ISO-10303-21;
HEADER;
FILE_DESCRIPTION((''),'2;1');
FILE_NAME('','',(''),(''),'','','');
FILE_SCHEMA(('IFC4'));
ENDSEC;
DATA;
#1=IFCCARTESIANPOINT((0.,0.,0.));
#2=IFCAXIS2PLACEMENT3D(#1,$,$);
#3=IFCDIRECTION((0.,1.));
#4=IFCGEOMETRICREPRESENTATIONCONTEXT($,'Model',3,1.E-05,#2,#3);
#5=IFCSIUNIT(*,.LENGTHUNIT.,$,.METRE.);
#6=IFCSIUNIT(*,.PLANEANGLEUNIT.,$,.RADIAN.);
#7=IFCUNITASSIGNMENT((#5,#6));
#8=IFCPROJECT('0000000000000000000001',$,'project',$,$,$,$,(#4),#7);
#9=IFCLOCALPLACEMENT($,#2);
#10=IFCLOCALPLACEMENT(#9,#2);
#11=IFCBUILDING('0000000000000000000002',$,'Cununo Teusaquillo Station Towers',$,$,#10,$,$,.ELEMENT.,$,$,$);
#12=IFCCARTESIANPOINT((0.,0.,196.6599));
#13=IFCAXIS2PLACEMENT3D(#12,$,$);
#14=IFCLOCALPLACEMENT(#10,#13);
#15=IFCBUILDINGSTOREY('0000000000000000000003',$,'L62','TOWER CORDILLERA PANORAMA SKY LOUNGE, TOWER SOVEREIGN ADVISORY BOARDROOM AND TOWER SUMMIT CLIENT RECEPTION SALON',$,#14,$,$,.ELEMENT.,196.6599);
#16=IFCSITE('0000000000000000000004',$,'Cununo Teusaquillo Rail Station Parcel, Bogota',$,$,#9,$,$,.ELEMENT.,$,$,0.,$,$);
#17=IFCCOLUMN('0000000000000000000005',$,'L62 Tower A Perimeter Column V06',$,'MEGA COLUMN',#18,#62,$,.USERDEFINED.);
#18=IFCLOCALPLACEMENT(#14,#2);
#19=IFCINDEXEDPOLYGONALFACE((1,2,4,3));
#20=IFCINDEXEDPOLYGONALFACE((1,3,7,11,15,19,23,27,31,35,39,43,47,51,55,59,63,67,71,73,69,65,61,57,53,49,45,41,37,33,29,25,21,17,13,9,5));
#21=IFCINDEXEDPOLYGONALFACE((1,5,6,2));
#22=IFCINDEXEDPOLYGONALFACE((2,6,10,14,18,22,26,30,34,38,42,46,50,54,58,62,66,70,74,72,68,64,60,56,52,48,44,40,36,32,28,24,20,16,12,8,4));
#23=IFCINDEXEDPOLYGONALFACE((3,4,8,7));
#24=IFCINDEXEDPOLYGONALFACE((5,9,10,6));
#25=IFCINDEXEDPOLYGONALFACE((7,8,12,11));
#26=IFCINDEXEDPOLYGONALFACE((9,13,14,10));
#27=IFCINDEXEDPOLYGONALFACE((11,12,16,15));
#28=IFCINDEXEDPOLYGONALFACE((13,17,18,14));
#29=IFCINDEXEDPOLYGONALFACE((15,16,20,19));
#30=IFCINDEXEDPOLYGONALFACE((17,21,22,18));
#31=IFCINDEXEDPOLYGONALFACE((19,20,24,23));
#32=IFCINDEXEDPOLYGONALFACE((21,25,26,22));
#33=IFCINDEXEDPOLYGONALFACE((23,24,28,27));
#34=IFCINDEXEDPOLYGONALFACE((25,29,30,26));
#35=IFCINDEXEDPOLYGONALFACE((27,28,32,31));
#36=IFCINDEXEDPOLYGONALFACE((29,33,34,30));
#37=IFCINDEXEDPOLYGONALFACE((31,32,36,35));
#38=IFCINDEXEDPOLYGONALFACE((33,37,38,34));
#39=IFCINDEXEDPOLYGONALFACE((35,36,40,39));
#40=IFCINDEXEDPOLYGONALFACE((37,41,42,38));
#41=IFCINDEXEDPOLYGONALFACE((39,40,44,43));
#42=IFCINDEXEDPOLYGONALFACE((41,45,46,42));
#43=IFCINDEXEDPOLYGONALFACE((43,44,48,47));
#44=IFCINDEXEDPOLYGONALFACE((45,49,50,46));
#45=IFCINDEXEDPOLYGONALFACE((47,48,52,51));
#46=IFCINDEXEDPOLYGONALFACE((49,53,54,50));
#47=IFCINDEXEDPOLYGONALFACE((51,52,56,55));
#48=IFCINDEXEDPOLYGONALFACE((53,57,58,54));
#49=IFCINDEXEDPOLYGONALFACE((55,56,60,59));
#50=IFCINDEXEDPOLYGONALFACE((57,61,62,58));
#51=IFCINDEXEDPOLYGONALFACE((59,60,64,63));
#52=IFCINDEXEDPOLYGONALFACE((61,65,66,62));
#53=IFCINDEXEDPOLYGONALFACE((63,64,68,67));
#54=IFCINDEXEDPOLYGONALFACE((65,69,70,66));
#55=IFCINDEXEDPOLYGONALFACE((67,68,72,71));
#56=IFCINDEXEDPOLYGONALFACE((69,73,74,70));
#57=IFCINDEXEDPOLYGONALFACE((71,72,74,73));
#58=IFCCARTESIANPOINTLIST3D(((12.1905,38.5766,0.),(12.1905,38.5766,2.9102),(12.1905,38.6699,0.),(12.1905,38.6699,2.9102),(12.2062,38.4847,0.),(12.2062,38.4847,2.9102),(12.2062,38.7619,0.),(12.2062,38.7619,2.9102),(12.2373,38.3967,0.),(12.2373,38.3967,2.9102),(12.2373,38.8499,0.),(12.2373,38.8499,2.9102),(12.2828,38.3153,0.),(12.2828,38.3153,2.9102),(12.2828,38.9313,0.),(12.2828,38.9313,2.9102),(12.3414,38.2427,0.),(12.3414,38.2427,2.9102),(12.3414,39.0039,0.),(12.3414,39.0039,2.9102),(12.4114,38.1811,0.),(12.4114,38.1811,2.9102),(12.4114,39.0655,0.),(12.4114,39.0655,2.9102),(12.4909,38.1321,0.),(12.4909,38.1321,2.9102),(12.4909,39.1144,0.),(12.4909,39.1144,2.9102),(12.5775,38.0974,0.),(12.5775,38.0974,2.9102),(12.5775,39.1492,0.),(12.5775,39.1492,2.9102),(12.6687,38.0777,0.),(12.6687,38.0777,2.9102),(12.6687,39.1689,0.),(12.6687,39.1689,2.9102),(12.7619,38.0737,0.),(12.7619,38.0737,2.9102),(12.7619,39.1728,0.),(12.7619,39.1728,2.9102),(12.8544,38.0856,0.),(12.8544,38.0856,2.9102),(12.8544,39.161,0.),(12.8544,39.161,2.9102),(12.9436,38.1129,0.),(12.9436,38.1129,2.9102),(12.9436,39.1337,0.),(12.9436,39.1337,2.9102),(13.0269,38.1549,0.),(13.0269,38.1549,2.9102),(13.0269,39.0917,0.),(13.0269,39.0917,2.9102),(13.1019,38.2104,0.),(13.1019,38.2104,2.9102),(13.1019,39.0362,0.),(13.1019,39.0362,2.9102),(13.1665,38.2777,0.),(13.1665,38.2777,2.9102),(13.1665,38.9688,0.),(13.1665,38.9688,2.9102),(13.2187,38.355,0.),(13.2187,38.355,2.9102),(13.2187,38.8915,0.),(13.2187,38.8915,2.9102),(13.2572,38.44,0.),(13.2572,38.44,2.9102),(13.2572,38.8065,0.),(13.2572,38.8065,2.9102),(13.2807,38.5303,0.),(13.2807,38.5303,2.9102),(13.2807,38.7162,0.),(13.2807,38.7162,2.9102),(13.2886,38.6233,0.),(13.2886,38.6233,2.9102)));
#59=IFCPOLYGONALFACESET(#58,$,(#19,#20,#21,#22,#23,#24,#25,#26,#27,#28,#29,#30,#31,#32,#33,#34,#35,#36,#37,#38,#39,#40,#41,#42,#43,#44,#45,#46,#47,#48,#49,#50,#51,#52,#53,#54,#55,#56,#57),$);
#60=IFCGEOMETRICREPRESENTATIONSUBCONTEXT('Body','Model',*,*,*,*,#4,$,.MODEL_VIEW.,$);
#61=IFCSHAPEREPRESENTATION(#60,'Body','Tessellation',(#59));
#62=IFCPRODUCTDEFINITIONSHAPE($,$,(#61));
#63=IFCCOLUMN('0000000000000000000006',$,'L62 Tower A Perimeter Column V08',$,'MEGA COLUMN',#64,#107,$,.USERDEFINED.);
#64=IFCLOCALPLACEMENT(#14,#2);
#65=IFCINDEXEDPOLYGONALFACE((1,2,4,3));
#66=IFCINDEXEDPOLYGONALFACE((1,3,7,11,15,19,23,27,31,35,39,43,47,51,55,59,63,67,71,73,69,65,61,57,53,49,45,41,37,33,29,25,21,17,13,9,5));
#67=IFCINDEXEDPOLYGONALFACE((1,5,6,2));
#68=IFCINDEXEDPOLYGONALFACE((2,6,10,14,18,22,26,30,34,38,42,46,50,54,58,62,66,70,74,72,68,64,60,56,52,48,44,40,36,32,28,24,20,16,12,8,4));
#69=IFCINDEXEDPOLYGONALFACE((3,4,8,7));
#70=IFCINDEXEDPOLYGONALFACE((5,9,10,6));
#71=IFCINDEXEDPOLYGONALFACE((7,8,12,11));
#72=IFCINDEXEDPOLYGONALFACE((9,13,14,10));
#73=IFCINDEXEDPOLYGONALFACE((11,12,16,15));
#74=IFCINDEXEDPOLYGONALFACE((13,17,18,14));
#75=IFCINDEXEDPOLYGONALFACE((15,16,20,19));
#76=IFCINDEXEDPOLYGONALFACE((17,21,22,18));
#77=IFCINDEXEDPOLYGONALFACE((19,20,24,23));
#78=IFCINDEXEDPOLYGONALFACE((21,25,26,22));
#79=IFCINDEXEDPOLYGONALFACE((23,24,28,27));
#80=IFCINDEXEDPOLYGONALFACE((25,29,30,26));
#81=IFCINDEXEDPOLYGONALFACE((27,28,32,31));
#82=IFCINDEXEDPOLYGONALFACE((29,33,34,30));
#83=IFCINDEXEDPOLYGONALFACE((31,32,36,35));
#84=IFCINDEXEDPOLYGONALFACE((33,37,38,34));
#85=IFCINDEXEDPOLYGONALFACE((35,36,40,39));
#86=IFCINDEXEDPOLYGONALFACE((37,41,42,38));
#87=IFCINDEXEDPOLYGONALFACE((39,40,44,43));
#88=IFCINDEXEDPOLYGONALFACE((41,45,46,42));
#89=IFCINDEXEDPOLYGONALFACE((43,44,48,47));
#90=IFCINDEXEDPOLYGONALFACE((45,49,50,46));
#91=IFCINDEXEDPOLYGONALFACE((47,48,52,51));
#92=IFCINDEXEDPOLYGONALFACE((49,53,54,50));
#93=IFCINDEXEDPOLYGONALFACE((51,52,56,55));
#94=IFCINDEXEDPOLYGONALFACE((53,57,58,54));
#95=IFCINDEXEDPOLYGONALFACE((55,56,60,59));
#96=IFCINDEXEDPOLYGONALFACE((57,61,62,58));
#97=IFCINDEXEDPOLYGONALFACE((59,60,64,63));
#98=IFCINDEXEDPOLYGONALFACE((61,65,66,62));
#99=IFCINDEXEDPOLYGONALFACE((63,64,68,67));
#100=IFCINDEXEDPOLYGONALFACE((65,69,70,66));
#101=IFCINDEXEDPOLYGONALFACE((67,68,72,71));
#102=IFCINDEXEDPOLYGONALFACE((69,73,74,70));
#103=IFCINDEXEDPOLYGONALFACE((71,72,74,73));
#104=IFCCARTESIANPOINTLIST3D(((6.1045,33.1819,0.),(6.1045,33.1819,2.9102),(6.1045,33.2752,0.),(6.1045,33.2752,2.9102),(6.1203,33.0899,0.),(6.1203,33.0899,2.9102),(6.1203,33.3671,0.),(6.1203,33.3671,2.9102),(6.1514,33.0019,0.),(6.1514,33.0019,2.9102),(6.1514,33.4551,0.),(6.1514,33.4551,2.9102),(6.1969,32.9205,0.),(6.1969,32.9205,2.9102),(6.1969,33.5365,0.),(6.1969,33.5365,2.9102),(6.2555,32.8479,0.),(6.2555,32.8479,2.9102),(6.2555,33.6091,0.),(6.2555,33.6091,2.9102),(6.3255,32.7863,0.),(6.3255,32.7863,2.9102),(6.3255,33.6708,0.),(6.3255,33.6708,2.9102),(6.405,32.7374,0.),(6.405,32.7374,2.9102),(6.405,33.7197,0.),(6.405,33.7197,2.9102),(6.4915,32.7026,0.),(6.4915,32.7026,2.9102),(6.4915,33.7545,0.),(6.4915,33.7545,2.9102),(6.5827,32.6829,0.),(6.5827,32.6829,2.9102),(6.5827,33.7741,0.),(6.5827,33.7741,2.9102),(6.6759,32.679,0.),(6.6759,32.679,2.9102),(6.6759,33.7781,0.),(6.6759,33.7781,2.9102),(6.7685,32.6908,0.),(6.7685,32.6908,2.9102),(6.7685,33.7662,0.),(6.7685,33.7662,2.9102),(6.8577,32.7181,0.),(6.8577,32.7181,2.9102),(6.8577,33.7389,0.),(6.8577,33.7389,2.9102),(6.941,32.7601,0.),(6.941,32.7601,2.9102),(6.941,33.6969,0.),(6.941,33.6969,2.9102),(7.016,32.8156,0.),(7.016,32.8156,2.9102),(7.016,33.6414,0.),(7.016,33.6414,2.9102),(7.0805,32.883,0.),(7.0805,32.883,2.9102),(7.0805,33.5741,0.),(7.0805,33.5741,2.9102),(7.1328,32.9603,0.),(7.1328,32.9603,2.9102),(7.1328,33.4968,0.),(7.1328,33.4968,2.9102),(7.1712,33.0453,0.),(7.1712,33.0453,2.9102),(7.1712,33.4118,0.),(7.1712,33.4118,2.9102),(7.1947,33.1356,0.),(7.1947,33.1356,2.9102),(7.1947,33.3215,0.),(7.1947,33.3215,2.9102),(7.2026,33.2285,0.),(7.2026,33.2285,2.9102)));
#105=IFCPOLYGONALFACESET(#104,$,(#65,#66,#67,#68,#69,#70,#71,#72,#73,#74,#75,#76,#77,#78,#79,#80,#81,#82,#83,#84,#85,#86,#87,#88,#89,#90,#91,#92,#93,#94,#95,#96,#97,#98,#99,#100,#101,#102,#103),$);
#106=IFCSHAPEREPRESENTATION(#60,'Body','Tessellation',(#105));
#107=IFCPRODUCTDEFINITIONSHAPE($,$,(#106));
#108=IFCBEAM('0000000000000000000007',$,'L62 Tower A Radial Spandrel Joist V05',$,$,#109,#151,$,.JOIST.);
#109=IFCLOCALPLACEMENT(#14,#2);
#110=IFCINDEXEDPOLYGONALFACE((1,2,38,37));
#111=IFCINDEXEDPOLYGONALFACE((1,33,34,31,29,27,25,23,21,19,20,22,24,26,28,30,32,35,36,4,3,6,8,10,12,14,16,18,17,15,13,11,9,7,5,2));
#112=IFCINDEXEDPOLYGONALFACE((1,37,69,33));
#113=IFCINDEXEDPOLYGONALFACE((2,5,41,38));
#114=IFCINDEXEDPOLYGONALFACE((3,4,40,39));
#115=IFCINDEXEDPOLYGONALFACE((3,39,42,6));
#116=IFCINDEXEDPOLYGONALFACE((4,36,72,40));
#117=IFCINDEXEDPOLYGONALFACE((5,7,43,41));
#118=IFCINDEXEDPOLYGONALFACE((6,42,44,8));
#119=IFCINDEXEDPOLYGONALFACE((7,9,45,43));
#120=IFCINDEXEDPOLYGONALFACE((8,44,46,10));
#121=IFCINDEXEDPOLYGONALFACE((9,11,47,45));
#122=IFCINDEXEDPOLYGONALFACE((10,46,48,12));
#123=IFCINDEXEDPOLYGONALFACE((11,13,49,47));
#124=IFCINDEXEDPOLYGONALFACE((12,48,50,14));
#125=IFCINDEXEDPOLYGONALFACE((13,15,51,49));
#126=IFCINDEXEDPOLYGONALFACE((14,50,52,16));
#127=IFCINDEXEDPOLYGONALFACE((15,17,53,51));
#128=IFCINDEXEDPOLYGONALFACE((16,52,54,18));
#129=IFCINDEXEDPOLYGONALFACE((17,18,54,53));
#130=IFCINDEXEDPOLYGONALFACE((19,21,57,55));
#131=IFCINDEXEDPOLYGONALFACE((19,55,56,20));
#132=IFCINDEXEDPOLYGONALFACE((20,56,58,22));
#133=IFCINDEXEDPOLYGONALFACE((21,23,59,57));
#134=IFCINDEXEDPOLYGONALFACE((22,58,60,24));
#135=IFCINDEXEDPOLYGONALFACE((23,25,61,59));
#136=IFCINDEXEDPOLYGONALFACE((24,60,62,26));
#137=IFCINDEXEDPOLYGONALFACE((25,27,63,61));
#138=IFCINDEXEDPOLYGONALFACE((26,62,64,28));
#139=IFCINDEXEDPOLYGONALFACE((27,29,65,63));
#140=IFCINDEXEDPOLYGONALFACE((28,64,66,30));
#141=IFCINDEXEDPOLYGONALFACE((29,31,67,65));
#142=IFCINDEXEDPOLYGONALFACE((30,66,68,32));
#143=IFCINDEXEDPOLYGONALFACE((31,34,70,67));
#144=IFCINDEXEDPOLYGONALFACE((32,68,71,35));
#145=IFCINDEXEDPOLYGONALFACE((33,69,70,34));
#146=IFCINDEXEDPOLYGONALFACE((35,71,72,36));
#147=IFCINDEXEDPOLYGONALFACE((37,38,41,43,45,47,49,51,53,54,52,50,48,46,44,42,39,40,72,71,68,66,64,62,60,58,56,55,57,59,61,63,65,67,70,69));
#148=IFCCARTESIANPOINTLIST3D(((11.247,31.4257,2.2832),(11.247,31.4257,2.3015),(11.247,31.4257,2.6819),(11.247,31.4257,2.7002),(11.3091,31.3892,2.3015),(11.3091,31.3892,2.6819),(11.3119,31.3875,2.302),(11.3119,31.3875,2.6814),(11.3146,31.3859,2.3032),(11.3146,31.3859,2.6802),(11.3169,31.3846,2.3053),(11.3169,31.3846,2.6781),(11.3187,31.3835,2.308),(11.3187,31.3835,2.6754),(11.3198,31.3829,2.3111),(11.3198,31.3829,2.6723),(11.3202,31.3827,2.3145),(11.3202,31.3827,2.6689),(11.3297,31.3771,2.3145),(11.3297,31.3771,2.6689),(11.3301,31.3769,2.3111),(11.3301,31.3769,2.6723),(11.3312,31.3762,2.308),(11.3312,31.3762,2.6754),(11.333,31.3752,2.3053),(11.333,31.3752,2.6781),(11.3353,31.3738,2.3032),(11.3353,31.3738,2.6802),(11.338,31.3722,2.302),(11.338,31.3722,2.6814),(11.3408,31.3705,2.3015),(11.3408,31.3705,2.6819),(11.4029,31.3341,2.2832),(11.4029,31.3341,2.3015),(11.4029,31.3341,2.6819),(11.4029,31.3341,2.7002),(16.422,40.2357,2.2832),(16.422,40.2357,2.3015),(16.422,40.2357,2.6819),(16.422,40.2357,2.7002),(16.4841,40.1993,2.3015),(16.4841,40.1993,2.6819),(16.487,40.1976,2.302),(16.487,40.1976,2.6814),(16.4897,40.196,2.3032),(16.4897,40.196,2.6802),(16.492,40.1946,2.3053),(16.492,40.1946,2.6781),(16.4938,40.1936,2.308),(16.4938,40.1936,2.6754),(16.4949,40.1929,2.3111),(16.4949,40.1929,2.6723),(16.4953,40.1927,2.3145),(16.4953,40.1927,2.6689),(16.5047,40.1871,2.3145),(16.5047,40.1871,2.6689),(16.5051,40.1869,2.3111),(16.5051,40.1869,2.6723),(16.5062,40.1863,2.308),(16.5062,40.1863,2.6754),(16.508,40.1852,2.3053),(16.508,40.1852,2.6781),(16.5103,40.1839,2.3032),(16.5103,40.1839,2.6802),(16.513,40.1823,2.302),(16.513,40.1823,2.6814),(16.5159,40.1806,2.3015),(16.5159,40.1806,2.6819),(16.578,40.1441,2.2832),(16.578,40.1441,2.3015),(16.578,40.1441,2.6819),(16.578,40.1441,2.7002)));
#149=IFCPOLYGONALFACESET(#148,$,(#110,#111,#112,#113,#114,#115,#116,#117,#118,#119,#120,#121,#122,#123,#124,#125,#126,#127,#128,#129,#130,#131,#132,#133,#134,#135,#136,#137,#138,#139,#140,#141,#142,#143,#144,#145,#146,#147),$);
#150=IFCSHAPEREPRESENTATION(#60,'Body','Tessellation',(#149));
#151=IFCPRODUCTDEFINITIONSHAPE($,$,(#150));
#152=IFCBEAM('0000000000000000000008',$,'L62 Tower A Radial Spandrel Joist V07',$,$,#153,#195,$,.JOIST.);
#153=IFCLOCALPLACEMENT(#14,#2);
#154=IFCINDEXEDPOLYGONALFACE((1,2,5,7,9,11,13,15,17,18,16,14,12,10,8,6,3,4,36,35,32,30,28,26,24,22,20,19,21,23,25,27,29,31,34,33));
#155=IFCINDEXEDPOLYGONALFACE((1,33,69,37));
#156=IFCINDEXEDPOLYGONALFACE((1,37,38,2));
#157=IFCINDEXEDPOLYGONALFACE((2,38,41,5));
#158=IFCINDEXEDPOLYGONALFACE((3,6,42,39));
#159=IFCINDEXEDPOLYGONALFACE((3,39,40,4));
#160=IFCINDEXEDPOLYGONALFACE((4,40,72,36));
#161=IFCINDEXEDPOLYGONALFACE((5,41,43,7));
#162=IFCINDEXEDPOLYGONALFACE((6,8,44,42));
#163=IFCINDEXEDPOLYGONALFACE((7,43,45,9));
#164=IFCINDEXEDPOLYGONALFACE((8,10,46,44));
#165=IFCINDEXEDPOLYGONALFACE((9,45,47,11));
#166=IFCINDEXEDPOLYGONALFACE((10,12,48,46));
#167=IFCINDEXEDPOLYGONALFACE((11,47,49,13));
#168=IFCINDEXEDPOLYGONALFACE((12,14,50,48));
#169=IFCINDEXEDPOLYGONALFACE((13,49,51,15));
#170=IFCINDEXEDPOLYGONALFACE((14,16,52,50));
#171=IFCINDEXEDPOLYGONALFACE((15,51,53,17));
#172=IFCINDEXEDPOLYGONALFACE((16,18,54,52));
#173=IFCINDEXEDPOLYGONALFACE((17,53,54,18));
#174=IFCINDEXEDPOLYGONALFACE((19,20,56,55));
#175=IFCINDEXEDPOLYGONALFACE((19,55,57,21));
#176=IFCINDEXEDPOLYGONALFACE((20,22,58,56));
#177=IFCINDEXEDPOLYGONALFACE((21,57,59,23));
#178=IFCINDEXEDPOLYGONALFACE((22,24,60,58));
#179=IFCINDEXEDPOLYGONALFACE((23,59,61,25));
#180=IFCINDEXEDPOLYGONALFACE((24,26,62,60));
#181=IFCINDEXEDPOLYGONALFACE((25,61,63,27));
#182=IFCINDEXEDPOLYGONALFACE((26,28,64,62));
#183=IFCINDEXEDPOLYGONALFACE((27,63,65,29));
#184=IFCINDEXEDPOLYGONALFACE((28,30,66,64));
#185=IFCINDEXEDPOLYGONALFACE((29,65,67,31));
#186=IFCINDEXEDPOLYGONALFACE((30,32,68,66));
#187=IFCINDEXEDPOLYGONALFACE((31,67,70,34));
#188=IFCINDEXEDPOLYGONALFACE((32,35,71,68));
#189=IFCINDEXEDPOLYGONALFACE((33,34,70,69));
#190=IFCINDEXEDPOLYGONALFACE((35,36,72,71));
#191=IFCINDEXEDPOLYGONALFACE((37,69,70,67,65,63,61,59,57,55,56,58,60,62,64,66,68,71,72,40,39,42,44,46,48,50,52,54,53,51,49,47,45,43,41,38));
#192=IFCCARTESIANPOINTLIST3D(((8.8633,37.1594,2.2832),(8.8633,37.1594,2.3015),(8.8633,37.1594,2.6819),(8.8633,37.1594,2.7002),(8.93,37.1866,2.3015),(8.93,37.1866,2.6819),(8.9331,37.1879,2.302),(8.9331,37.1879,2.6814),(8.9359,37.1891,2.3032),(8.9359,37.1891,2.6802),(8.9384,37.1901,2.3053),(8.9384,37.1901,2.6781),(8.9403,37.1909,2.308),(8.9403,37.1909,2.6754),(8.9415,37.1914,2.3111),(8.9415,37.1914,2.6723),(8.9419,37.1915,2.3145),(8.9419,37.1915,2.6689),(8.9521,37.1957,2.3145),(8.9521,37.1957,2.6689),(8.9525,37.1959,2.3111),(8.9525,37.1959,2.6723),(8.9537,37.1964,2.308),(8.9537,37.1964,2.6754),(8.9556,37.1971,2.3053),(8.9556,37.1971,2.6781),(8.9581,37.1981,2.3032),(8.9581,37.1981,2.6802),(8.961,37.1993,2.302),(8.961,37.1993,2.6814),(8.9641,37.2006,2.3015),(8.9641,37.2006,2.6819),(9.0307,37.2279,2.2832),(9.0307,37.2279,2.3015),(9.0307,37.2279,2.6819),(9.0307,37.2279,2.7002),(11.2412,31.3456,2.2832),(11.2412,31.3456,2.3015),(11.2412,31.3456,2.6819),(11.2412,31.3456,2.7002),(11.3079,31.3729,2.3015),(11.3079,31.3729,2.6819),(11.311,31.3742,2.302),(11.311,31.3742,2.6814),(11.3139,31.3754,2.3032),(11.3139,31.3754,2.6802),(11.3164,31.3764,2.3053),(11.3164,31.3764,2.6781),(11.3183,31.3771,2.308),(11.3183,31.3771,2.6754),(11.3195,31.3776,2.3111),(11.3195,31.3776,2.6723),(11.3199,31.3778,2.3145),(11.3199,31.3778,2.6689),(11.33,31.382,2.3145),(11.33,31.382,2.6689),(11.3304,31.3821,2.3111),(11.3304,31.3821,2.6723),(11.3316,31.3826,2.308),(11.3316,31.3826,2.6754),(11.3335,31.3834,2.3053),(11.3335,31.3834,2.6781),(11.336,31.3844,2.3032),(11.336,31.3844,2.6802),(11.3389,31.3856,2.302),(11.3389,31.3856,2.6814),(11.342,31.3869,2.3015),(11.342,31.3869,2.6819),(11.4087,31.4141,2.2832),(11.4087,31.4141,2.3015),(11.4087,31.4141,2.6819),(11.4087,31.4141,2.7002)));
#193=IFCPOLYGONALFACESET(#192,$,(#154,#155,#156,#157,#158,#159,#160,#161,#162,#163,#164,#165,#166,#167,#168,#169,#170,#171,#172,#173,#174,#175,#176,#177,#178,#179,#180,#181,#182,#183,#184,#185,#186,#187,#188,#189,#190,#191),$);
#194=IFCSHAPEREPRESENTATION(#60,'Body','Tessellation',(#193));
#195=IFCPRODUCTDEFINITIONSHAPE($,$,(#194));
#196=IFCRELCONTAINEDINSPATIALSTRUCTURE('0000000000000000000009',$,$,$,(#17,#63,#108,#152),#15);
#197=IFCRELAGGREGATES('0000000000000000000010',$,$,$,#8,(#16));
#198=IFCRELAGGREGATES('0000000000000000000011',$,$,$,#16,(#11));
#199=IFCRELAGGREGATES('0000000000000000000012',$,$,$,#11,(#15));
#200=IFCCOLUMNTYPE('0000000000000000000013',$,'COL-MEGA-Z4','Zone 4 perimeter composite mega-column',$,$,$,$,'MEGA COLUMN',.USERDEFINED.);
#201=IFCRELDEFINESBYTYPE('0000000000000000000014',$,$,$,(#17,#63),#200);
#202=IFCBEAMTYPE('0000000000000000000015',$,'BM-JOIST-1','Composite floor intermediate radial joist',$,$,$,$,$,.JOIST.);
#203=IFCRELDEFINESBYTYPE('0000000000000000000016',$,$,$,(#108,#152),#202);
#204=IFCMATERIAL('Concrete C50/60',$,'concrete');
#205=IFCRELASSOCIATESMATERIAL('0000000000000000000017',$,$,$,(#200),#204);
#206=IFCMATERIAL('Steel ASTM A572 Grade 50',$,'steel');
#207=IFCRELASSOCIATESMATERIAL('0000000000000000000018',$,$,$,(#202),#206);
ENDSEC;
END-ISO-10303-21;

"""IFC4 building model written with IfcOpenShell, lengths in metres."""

from ifc_helpers import new_model, si_unit, direction, frame, origin, origin_2d, place, context, subcontext, project, spatial, circle, i_section, extrude, material, material_profile, profile_set, type_object, element, save


model = new_model("IFC4")

# Units and contexts
model_context = context("Model", 3, precision=1e-05, world=origin(), true_north=direction((0.0, 1.0)))
body_context = subcontext(model_context, "Body", "Model", "MODEL_VIEW")
ifc_project = project(units=[si_unit("LENGTHUNIT", "METRE"), si_unit("PLANEANGLEUNIT", "RADIAN")], contexts=[model_context])

# Site, building, storey
site_placement = place(None, origin())
site = spatial("IfcSite", under=ifc_project, at=site_placement, Name="Cununo Teusaquillo Rail Station Parcel, Bogota", CompositionType="ELEMENT", RefElevation=0.0)
building_placement = place(site_placement, origin())
building = spatial("IfcBuilding", under=site, at=building_placement, Name="Cununo Teusaquillo Station Towers", CompositionType="ELEMENT")
storey_placement = place(building_placement, frame((0.0, 0.0, 196.6599)))
storey = spatial("IfcBuildingStorey", under=building, at=storey_placement, Name="L62", Description="TOWER CORDILLERA PANORAMA SKY LOUNGE, TOWER SOVEREIGN ADVISORY BOARDROOM AND TOWER SUMMIT CLIENT RECEPTION SALON", CompositionType="ELEMENT", Elevation=196.6599)

# Columns
ifc_material_1 = material(Name="Concrete C50/60", Category="concrete")
ifc_material_profile_1 = material_profile(ifc_material_1, circle(Radius=0.55, at=origin_2d()), Name="RC-CIRC-1100")
ifc_profile_set_1 = profile_set([ifc_material_profile_1], Name="Concrete C50/60")
column_type = type_object("IfcColumnType", Name="COL-MEGA-Z4", Description="Zone 4 perimeter composite mega-column", ElementType="MEGA COLUMN", PredefinedType="USERDEFINED", material=ifc_profile_set_1)
for number, where, z_axis, x_axis, name in (
    (1, (12.7385, 38.6233, 0.0), (0.0, 0.0, 1.0), (1.0, 0.0, 0.0), "L62 Tower A Perimeter Column V06"),
    (2, (6.6526, 33.2285, 0.0), (0.0, 0.0, 1.0), (1.0, 0.0, 0.0), "L62 Tower A Perimeter Column V08"),
):
    element("IfcColumn", number, at=place(storey_placement, frame(where, z_axis=z_axis, x_axis=x_axis)), inside=storey, type_object=column_type, Name=name, ObjectType="MEGA COLUMN", PredefinedType="USERDEFINED", context=body_context, shape_type="SweptSolid", body=[
        extrude(circle(Radius=0.55, at=origin_2d()), origin(), (0.0, 0.0, 1.0), 2.9102),
    ])

# Beams
ifc_material_2 = material(Name="Steel ASTM A572 Grade 50", Category="steel")
ifc_material_profile_2 = material_profile(ifc_material_2, i_section(OverallWidth=0.1809, OverallDepth=0.417, WebThickness=0.011, FlangeThickness=0.0183, FilletRadius=0.0129, at=origin_2d()), Name="W16X57")
ifc_profile_set_2 = profile_set([ifc_material_profile_2], Name="Steel ASTM A572 Grade 50")
beam_type_1 = type_object("IfcBeamType", Name="BM-JOIST-1", Description="Composite floor intermediate radial joist", PredefinedType="JOIST", material=ifc_profile_set_2)
beam_1_placement = place(storey_placement, frame((11.325, 31.3799, 2.4917), z_axis=(0.506486, 0.862248, 0.0), x_axis=(-0.862248, 0.506486, 0.0)))
element("IfcBeam", 3, at=beam_1_placement, inside=storey, type_object=beam_type_1, Name="L62 Tower A Radial Spandrel Joist V05", PredefinedType="JOIST", context=body_context, shape_type="SweptSolid", body=[
    extrude(i_section(OverallWidth=0.1809, OverallDepth=0.417, WebThickness=0.011, FlangeThickness=0.0183, FilletRadius=0.0129, at=origin_2d()), origin(), (0.0, 0.0, 1.0), 10.2175),
])
beam_2_placement = place(storey_placement, frame((11.325, 31.3799, 2.4917), z_axis=(-0.378577, 0.92557, 0.0), x_axis=(-0.92557, -0.378577, 0.0)))
element("IfcBeam", 4, at=beam_2_placement, inside=storey, type_object=beam_type_1, Name="L62 Tower A Radial Spandrel Joist V07", PredefinedType="JOIST", context=body_context, shape_type="SweptSolid", body=[
    extrude(i_section(OverallWidth=0.1809, OverallDepth=0.417, WebThickness=0.011, FlangeThickness=0.0183, FilletRadius=0.0129, at=origin_2d()), origin(), (0.0, 0.0, 1.0), 6.2812),
])

save(model, "model.ifc")
